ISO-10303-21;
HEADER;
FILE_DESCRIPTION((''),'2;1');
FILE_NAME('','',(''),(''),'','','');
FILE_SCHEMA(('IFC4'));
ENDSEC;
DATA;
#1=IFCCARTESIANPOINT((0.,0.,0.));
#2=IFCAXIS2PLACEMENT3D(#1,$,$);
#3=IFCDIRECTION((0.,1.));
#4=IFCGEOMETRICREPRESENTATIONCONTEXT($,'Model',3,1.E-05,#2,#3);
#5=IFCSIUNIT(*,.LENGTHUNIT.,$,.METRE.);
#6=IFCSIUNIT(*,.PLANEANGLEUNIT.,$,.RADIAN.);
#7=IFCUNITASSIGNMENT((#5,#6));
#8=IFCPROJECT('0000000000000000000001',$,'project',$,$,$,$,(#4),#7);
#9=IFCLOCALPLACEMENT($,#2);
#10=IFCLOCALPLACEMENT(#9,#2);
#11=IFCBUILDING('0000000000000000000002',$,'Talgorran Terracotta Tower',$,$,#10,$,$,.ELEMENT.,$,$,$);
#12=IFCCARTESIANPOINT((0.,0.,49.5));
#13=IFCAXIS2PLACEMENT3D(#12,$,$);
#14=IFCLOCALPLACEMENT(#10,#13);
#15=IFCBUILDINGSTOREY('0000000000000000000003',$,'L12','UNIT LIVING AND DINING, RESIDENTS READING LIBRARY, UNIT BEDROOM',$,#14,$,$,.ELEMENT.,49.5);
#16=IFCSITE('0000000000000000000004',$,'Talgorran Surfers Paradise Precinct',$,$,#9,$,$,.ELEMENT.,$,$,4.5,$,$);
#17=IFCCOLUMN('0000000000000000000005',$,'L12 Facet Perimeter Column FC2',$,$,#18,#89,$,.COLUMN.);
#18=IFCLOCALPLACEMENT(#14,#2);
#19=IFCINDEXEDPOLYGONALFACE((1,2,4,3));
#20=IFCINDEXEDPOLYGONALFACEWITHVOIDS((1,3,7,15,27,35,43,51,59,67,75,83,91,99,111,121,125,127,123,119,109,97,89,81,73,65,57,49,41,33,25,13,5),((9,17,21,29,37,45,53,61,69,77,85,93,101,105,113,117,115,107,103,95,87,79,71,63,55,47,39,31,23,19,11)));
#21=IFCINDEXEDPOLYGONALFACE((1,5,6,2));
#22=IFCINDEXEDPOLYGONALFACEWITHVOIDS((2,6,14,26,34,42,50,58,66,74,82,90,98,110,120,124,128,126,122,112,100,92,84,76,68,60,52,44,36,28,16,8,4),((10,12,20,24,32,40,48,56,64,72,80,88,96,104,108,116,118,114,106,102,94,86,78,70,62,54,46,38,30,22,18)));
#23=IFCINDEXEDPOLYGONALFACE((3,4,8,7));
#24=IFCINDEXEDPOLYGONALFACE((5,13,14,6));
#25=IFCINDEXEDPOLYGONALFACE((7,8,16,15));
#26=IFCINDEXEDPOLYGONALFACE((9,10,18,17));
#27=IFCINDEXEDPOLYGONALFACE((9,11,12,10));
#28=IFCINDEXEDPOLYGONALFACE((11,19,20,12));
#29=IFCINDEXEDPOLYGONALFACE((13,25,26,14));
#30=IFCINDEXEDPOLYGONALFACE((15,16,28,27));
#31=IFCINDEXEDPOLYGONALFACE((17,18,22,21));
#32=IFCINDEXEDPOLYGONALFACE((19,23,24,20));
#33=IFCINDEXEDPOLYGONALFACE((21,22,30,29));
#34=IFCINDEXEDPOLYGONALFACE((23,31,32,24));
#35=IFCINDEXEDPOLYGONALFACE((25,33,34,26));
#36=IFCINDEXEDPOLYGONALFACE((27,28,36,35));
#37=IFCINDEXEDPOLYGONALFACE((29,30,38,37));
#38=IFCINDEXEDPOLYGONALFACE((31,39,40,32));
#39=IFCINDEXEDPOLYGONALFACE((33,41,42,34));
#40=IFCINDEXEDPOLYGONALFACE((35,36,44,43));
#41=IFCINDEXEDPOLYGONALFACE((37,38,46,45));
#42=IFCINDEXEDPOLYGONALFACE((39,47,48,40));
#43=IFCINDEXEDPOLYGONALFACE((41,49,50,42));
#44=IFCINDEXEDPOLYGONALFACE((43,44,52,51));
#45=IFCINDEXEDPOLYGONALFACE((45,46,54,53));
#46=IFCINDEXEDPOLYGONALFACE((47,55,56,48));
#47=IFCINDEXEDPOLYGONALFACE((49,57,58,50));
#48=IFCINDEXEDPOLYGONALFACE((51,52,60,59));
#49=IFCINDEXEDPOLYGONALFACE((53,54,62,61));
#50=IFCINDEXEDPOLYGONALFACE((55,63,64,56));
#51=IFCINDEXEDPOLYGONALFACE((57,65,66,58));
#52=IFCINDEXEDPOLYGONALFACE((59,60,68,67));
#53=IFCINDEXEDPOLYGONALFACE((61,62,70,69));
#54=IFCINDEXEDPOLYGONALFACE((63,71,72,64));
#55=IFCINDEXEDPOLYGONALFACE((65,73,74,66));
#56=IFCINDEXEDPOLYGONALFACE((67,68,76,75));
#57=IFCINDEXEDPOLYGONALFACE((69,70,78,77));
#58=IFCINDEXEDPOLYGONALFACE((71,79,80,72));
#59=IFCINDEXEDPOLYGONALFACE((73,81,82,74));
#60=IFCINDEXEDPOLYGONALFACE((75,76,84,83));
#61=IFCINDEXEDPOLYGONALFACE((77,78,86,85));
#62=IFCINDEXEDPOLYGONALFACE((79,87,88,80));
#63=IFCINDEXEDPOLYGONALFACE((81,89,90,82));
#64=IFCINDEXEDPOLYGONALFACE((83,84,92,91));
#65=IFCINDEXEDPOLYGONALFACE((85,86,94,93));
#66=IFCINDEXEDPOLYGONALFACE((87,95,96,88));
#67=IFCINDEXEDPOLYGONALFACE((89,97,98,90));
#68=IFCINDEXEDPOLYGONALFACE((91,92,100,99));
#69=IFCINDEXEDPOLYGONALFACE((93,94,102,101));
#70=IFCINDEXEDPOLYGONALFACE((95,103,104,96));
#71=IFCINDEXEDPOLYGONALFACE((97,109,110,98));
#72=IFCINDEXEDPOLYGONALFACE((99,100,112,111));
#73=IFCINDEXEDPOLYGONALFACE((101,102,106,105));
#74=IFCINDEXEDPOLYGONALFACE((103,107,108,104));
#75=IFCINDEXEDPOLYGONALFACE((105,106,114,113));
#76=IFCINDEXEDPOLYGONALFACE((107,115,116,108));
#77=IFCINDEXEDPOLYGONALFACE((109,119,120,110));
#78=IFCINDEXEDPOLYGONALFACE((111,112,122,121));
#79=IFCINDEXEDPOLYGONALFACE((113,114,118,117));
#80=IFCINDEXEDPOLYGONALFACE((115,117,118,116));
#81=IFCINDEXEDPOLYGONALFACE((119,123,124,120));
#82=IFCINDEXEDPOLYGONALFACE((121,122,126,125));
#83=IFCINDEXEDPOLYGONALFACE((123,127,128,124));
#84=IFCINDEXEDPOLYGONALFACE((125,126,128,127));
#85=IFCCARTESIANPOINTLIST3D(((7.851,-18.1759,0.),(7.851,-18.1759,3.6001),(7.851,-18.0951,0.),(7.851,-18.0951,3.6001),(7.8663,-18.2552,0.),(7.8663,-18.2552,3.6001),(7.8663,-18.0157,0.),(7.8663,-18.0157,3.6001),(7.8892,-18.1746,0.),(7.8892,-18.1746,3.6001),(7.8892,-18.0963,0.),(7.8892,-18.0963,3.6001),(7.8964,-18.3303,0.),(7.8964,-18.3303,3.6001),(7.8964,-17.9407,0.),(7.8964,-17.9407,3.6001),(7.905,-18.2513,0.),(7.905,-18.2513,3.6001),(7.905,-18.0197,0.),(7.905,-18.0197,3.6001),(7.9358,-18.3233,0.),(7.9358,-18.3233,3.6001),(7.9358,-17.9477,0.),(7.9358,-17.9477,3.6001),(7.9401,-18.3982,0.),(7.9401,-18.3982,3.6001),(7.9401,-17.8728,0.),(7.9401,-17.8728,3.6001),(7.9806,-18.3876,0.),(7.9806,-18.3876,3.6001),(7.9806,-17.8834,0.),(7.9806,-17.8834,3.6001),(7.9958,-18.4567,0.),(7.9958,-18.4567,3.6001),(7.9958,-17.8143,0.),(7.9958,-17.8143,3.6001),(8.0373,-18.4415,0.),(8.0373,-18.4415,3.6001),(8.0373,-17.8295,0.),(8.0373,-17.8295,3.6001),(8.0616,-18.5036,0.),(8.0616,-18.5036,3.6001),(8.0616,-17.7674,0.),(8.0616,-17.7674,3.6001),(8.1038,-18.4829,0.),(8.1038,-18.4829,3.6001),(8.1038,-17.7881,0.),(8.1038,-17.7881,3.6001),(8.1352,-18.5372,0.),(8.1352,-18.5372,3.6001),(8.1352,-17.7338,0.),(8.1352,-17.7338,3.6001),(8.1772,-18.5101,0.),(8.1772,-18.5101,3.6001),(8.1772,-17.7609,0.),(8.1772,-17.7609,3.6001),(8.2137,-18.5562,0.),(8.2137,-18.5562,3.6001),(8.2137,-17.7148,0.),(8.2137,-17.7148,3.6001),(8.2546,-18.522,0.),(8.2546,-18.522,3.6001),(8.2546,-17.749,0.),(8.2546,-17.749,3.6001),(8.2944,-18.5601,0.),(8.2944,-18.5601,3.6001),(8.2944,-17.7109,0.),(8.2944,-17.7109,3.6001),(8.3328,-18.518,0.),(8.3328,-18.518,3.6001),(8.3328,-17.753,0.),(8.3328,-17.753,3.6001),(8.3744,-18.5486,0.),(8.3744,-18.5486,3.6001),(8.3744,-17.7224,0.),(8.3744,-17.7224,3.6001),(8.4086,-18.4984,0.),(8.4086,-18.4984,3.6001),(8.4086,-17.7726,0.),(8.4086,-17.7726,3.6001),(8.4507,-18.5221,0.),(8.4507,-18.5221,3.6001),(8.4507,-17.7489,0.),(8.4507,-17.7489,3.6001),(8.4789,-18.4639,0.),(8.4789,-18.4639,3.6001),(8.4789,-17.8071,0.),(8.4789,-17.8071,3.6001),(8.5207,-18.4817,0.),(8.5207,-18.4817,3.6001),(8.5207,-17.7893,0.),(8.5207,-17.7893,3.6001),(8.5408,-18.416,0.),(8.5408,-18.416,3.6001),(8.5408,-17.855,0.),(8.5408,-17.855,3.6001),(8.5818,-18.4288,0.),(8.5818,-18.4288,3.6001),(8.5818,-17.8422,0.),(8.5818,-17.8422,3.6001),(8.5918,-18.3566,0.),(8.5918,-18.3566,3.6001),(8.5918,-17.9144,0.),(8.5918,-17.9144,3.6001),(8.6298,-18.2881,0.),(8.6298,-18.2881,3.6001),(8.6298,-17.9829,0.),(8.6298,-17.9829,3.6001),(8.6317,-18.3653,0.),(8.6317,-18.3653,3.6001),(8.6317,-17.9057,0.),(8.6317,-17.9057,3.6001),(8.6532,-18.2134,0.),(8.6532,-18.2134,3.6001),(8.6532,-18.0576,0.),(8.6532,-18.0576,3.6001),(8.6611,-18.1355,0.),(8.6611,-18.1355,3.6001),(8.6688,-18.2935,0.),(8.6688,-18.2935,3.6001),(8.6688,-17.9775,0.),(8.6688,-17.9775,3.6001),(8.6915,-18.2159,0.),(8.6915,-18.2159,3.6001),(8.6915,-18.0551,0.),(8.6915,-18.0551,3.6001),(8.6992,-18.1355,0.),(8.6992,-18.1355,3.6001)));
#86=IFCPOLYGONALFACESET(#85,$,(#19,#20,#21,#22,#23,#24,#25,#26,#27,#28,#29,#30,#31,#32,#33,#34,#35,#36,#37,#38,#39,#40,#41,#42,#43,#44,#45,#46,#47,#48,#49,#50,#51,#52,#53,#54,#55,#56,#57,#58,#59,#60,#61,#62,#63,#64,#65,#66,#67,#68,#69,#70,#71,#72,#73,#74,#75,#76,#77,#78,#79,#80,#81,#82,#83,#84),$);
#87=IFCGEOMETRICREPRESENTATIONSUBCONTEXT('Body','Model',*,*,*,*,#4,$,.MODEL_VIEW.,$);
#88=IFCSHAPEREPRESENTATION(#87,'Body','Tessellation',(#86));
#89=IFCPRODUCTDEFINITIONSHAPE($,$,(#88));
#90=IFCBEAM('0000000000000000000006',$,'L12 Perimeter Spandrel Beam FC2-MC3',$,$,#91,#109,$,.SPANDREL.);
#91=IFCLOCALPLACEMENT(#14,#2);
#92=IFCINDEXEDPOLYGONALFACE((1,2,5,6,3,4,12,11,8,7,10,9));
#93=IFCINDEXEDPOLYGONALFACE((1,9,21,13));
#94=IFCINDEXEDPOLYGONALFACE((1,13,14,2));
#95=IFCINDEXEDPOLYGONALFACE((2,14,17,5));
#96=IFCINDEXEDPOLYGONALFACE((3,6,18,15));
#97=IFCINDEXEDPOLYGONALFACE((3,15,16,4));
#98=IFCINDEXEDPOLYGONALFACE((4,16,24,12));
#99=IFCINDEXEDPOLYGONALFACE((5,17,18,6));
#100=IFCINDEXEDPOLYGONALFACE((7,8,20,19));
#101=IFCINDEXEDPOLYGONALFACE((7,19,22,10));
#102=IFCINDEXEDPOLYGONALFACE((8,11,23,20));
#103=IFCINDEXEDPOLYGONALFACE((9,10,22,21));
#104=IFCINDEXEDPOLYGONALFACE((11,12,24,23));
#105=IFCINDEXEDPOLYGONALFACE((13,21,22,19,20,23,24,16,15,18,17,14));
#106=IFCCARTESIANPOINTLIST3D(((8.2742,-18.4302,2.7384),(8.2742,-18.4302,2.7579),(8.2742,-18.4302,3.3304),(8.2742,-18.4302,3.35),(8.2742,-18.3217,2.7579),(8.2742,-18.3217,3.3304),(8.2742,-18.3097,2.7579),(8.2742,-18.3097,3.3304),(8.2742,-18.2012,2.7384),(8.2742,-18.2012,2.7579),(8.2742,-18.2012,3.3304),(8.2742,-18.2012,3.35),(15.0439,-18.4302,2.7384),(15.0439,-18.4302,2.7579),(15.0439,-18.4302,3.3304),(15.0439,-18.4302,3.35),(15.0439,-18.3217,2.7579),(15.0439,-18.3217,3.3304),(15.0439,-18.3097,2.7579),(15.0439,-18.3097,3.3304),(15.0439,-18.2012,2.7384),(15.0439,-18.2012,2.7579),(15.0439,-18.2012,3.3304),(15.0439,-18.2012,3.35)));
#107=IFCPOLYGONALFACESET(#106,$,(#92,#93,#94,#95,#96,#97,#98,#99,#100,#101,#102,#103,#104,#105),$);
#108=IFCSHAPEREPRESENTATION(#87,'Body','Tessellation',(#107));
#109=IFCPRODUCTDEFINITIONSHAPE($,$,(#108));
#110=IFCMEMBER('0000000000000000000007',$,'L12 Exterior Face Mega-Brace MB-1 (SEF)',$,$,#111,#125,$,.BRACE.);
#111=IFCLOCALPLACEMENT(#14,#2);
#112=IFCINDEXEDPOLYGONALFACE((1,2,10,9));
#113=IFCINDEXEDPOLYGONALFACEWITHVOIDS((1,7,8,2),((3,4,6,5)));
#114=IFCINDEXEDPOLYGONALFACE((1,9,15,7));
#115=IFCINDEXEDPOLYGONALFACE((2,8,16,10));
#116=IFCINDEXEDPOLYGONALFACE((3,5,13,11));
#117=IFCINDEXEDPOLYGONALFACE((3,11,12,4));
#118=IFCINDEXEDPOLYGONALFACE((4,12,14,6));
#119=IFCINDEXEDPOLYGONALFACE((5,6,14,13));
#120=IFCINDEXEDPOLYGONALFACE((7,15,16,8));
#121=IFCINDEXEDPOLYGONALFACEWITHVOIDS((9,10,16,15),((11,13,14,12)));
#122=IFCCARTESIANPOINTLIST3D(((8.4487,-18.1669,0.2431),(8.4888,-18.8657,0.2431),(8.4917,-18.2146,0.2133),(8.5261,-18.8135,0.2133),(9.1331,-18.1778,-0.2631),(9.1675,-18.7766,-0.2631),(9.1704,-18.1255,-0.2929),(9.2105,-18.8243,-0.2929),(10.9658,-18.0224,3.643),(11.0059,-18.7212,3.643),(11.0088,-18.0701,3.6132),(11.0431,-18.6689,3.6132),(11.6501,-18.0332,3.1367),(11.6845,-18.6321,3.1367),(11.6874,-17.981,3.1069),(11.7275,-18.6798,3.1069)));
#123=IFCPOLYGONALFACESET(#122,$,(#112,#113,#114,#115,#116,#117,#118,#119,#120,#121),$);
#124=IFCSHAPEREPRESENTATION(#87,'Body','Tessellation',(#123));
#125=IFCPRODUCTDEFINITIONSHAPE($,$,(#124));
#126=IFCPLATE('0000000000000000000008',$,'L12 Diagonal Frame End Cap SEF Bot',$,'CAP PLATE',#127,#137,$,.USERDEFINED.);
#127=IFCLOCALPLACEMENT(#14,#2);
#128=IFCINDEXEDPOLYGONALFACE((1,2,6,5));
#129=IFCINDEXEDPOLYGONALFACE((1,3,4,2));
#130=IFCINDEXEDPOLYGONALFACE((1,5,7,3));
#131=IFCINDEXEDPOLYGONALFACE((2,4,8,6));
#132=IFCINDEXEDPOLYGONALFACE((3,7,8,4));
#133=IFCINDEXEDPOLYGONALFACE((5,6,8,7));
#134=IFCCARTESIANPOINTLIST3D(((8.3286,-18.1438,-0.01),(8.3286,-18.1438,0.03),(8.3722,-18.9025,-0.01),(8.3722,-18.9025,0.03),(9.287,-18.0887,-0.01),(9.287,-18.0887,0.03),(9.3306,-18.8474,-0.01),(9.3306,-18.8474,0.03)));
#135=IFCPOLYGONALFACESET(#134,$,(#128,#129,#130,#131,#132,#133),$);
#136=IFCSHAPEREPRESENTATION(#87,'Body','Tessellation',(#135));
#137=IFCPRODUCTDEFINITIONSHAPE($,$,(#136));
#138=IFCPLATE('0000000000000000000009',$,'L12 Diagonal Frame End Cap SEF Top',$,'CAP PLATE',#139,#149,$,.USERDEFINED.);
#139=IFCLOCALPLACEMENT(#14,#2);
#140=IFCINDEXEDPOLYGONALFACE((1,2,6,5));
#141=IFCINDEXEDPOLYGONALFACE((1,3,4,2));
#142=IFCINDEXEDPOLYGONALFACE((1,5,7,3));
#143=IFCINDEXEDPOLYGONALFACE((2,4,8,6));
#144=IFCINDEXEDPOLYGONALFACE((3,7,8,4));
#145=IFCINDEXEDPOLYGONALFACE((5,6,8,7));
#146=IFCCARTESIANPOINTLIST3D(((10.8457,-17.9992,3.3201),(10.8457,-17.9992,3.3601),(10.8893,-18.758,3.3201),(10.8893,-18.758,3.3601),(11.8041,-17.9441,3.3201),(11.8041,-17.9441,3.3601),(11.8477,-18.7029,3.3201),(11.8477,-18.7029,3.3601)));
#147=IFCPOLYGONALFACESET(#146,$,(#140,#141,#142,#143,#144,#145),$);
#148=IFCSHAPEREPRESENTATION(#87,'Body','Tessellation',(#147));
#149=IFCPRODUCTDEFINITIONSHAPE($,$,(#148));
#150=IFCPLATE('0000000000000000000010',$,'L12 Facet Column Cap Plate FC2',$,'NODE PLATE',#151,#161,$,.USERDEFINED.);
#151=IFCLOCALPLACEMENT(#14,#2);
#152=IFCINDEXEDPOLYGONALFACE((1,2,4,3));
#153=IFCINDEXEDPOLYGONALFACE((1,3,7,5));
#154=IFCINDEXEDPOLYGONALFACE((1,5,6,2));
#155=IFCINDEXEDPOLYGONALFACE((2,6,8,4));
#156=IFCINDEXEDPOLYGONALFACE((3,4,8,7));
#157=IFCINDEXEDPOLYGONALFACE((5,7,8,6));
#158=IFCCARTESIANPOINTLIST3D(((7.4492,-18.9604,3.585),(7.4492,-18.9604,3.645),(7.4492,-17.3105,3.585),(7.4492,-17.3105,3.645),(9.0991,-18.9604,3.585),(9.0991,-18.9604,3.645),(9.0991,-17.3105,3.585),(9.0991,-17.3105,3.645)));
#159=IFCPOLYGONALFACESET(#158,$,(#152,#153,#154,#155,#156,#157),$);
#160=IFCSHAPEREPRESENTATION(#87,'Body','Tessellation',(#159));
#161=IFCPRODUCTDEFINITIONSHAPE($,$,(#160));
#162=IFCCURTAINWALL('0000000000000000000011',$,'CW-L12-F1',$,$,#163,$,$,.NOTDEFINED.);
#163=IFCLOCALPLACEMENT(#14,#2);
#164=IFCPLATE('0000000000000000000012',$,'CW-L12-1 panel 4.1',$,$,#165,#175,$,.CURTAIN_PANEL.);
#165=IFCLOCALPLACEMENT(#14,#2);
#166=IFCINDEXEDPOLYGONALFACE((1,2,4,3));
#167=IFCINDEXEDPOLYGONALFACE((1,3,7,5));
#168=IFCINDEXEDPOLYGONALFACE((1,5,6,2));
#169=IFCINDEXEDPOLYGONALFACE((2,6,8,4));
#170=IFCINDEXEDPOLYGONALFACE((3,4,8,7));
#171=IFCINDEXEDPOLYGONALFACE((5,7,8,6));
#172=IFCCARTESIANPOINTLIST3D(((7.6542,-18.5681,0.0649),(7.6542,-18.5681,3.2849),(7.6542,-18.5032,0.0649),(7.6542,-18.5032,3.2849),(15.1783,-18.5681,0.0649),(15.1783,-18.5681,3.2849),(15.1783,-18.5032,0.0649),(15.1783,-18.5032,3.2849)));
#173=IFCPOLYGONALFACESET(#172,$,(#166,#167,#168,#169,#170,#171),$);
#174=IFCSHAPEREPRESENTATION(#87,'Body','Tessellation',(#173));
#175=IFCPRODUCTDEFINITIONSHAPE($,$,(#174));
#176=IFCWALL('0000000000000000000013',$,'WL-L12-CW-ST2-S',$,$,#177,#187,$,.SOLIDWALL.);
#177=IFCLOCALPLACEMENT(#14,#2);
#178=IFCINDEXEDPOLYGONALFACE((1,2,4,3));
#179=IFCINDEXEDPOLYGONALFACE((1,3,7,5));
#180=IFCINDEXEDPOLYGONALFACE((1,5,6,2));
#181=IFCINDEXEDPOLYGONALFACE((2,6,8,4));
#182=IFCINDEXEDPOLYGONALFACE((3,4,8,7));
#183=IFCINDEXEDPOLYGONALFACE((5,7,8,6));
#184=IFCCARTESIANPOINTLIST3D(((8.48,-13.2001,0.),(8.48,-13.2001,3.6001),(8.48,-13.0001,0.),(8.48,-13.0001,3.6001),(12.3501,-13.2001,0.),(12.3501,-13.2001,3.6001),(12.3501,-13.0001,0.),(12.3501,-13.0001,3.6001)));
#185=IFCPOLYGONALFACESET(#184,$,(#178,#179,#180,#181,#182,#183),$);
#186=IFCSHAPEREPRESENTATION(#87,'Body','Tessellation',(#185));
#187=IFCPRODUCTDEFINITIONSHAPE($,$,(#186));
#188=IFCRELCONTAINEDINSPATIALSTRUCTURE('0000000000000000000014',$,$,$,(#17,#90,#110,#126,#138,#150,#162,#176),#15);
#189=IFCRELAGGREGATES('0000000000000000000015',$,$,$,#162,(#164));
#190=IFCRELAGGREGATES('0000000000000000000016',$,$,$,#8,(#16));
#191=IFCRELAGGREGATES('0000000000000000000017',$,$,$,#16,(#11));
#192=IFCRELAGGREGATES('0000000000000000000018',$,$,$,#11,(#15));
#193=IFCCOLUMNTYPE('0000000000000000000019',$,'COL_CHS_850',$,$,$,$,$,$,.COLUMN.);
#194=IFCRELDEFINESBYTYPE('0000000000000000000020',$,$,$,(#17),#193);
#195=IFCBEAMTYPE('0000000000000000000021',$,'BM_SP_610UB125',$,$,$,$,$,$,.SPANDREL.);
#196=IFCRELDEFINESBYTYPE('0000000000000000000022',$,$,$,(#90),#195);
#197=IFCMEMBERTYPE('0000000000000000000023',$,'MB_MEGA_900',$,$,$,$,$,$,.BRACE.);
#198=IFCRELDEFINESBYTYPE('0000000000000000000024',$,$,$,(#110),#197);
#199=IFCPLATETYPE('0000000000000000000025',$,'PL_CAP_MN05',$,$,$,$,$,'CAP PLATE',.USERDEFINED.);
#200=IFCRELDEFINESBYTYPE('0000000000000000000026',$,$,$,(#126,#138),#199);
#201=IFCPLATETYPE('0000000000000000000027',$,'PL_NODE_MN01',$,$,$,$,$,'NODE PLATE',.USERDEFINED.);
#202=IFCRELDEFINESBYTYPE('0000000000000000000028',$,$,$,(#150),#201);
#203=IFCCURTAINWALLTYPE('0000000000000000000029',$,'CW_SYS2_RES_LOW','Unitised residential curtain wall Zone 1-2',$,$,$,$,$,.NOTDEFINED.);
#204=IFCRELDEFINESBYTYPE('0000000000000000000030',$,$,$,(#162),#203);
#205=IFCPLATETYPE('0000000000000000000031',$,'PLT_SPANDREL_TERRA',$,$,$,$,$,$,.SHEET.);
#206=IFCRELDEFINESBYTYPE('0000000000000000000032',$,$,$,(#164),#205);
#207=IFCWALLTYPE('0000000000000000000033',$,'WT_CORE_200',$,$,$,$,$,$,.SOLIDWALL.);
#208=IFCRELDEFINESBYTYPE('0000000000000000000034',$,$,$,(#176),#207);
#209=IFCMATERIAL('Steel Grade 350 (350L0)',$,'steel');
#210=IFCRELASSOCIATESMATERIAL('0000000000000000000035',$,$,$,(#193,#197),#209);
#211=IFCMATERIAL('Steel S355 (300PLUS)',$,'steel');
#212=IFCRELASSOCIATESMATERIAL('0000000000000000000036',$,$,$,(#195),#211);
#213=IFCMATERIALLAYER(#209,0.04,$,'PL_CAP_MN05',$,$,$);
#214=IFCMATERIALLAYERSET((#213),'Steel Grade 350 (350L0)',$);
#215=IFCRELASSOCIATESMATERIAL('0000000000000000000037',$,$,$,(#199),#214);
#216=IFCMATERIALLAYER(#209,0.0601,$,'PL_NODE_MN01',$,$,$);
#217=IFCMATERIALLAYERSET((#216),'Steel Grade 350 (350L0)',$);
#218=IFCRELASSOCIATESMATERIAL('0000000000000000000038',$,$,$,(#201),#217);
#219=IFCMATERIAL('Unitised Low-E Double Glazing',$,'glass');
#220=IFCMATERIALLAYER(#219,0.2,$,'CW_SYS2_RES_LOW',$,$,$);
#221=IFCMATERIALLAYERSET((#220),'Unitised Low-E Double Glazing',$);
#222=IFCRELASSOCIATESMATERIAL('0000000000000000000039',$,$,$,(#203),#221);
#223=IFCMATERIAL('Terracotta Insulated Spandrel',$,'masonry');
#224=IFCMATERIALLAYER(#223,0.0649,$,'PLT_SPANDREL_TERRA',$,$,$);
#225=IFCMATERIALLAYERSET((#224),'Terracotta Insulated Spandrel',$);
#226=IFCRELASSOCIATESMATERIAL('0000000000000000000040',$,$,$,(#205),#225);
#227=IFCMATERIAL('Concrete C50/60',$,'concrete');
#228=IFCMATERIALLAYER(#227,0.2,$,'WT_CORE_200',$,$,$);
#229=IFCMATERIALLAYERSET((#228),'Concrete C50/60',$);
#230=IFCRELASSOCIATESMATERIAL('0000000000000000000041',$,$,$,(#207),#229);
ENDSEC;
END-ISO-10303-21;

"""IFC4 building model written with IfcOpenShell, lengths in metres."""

from ifc_helpers import new_model, si_unit, direction, frame, frame_2d, origin, origin_2d, place, context, subcontext, project, spatial, rectangle, hollow_rectangle, hollow_circle, i_section, extrude, source, transform, mapped, material, layer, layer_set, material_profile, profile_set, type_object, type_shapes, element, aggregate, save


model = new_model("IFC4")

# Units and contexts
model_context = context("Model", 3, precision=1e-05, world=origin(), true_north=direction((0.0, 1.0)))
body_context = subcontext(model_context, "Body", "Model", "MODEL_VIEW")
ifc_project = project(units=[si_unit("LENGTHUNIT", "METRE"), si_unit("PLANEANGLEUNIT", "RADIAN")], contexts=[model_context])

# Site, building, storey
site_placement = place(None, origin())
site = spatial("IfcSite", under=ifc_project, at=site_placement, Name="Talgorran Surfers Paradise Precinct", CompositionType="ELEMENT", RefElevation=4.5)
building_placement = place(site_placement, origin())
building = spatial("IfcBuilding", under=site, at=building_placement, Name="Talgorran Terracotta Tower", CompositionType="ELEMENT")
storey_placement = place(building_placement, frame((0.0, 0.0, 49.5)))
storey = spatial("IfcBuildingStorey", under=building, at=storey_placement, Name="L12", Description="UNIT LIVING AND DINING, RESIDENTS READING LIBRARY, UNIT BEDROOM", CompositionType="ELEMENT", Elevation=49.5)

# Column
ifc_material_1 = material(Name="Steel Grade 350 (350L0)", Category="steel")
ifc_material_profile_1 = material_profile(ifc_material_1, hollow_circle(Radius=0.425, WallThickness=0.0381, at=origin_2d()), Name="CHS850X38")
ifc_profile_set_1 = profile_set([ifc_material_profile_1], Name="Steel Grade 350 (350L0)")
column_type = type_object("IfcColumnType", Name="COL_CHS_850", PredefinedType="COLUMN", material=ifc_profile_set_1)
column_placement = place(storey_placement, frame((8.2742, -18.1355, 0.0), z_axis=(0.0, 0.0, 1.0), x_axis=(1.0, 0.0, 0.0)))
element("IfcColumn", 1, at=column_placement, inside=storey, type_object=column_type, Name="L12 Facet Perimeter Column FC2", PredefinedType="COLUMN", context=body_context, shape_type="SweptSolid", body=[
    extrude(hollow_circle(Radius=0.425, WallThickness=0.0381, at=origin_2d()), origin(), (0.0, 0.0, 1.0), 3.6001),
])

# Beam
ifc_material_2 = material(Name="Steel S355 (300PLUS)", Category="steel")
ifc_material_profile_2 = material_profile(ifc_material_2, i_section(OverallWidth=0.229, OverallDepth=0.6116, WebThickness=0.012, FlangeThickness=0.0195, at=origin_2d()), Name="610UB125")
ifc_profile_set_2 = profile_set([ifc_material_profile_2], Name="Steel S355 (300PLUS)")
beam_type = type_object("IfcBeamType", Name="BM_SP_610UB125", PredefinedType="SPANDREL", material=ifc_profile_set_2)
beam_placement = place(storey_placement, frame((8.2742, -18.3157, 3.0442), z_axis=(1.0, 0.0, 0.0), x_axis=(0.0, 1.0, 0.0)))
element("IfcBeam", 2, at=beam_placement, inside=storey, type_object=beam_type, Name="L12 Perimeter Spandrel Beam FC2-MC3", PredefinedType="SPANDREL", context=body_context, shape_type="SweptSolid", body=[
    extrude(i_section(OverallWidth=0.229, OverallDepth=0.6116, WebThickness=0.012, FlangeThickness=0.0195, at=origin_2d()), origin(), (0.0, 0.0, 1.0), 6.7698),
])

# Member
ifc_material_profile_3 = material_profile(ifc_material_1, hollow_rectangle(XDim=0.7, YDim=0.8999, WallThickness=0.05, at=origin_2d()), Name="WBOX900X700X50")
ifc_profile_set_3 = profile_set([ifc_material_profile_3], Name="Steel Grade 350 (350L0)")
member_type = type_object("IfcMemberType", Name="MB_MEGA_900", PredefinedType="BRACE", material=ifc_profile_set_3)
member_placement = place(storey_placement, frame((8.8296, -18.4956, -0.0249), z_axis=(0.594674, 0.034146, 0.803242), x_axis=(-0.057326, 0.998356, 0.0)))
element("IfcMember", 3, at=member_placement, inside=storey, type_object=member_type, Name="L12 Exterior Face Mega-Brace MB-1 (SEF)", PredefinedType="BRACE", context=body_context, shape_type="SweptSolid", body=[
    extrude(hollow_rectangle(XDim=0.7, YDim=0.8999, WallThickness=0.05, at=origin_2d()), origin(), (0.0, 0.0, 1.0), 4.2327),
])

# Plates
ifc_layer_1 = layer(ifc_material_1, 0.04, Name="PL_CAP_MN05")
ifc_layer_set_1 = layer_set([ifc_layer_1], Name="Steel Grade 350 (350L0)")
plate_type_1 = type_object("IfcPlateType", Name="PL_CAP_MN05", ElementType="CAP PLATE", PredefinedType="USERDEFINED", material=ifc_layer_set_1)
for number, where, z_axis, x_axis, name in (
    (4, (8.8296, -18.4956, -0.01), (0.0, 0.0, 1.0), (0.998352, 0.05739, 0.0), "L12 Diagonal Frame End Cap SEF Bot"),
    (5, (11.3467, -18.3511, 3.3201), (0.0, 0.0, 1.0), (0.998352, 0.05739, 0.0), "L12 Diagonal Frame End Cap SEF Top"),
):
    element("IfcPlate", number, at=place(storey_placement, frame(where, z_axis=z_axis, x_axis=x_axis)), inside=storey, type_object=plate_type_1, Name=name, ObjectType="CAP PLATE", PredefinedType="USERDEFINED", context=body_context, shape_type="SweptSolid", body=[
        extrude(rectangle(XDim=0.96, YDim=0.76, at=origin_2d()), origin(), (0.0, 0.0, 1.0), 0.04),
    ])
ifc_layer_2 = layer(ifc_material_1, 0.0601, Name="PL_NODE_MN01")
ifc_layer_set_2 = layer_set([ifc_layer_2], Name="Steel Grade 350 (350L0)")
plate_type_2 = type_object("IfcPlateType", Name="PL_NODE_MN01", ElementType="NODE PLATE", PredefinedType="USERDEFINED", material=ifc_layer_set_2)
plate_1_placement = place(storey_placement, frame((8.2742, -18.1355, 3.585), z_axis=(0.0, 0.0, 1.0), x_axis=(1.0, 0.0, 0.0)))
element("IfcPlate", 6, at=plate_1_placement, inside=storey, type_object=plate_type_2, Name="L12 Facet Column Cap Plate FC2", ObjectType="NODE PLATE", PredefinedType="USERDEFINED", context=body_context, shape_type="SweptSolid", body=[
    extrude(rectangle(XDim=1.6499, YDim=1.6499, at=origin_2d()), origin(), (0.0, 0.0, 1.0), 0.0601),
])

# Curtain wall, plate
ifc_material_3 = material(Name="Unitised Low-E Double Glazing", Category="glass")
ifc_layer_3 = layer(ifc_material_3, 0.2, Name="CW_SYS2_RES_LOW")
ifc_layer_set_3 = layer_set([ifc_layer_3], Name="Unitised Low-E Double Glazing")
curtain_wall_type = type_object("IfcCurtainWallType", Name="CW_SYS2_RES_LOW", Description="Unitised residential curtain wall Zone 1-2", PredefinedType="NOTDEFINED", material=ifc_layer_set_3)
curtain_wall_placement = place(storey_placement, origin())
curtain_wall = element("IfcCurtainWall", 7, at=curtain_wall_placement, inside=storey, type_object=curtain_wall_type, Name="CW-L12-F1", PredefinedType="NOTDEFINED")
ifc_material_4 = material(Name="Terracotta Insulated Spandrel", Category="masonry")
ifc_layer_4 = layer(ifc_material_4, 0.0649, Name="PLT_SPANDREL_TERRA")
ifc_layer_set_4 = layer_set([ifc_layer_4], Name="Terracotta Insulated Spandrel")
plate_type_3 = type_object("IfcPlateType", Name="PLT_SPANDREL_TERRA", PredefinedType="SHEET", material=ifc_layer_set_4)
shared_shape = source(origin(), body_context, "Body", "SweptSolid", [
    extrude(rectangle(XDim=7.5242, YDim=0.0649, at=origin_2d()), origin(), (0.0, 0.0, 1.0), 3.22),
])
type_shapes(plate_type_3, [shared_shape])
plate_2_placement = place(storey_placement, frame((11.4163, -18.5356, 0.0649), z_axis=(0.0, 0.0, 1.0), x_axis=(1.0, 0.0, 0.0)))
plate_2 = element("IfcPlate", 8, at=plate_2_placement, type_object=plate_type_3, Name="CW-L12-1 panel 4.1", PredefinedType="CURTAIN_PANEL", context=body_context, shape_type="MappedRepresentation", body=[
    mapped(shared_shape, transform((0.0, 0.0, 0.0), scale=1.0)),
])
aggregate(curtain_wall, [plate_2])

# Wall
ifc_material_5 = material(Name="Concrete C50/60", Category="concrete")
ifc_layer_5 = layer(ifc_material_5, 0.2, Name="WT_CORE_200")
ifc_layer_set_5 = layer_set([ifc_layer_5], Name="Concrete C50/60")
wall_type_1 = type_object("IfcWallType", Name="WT_CORE_200", PredefinedType="SOLIDWALL", material=ifc_layer_set_5)
wall_1_placement = place(storey_placement, frame((8.48, -13.1001, 0.0), z_axis=(0.0, 0.0, 1.0), x_axis=(1.0, 0.0, 0.0)))
element("IfcWall", 9, at=wall_1_placement, inside=storey, type_object=wall_type_1, Name="WL-L12-CW-ST2-S", PredefinedType="SOLIDWALL", context=body_context, shape_type="SweptSolid", body=[
    extrude(rectangle(XDim=3.8701, YDim=0.2, at=frame_2d((1.9351, 0.0))), origin(), (0.0, 0.0, 1.0), 3.6001),
])

save(model, "model.ifc")
